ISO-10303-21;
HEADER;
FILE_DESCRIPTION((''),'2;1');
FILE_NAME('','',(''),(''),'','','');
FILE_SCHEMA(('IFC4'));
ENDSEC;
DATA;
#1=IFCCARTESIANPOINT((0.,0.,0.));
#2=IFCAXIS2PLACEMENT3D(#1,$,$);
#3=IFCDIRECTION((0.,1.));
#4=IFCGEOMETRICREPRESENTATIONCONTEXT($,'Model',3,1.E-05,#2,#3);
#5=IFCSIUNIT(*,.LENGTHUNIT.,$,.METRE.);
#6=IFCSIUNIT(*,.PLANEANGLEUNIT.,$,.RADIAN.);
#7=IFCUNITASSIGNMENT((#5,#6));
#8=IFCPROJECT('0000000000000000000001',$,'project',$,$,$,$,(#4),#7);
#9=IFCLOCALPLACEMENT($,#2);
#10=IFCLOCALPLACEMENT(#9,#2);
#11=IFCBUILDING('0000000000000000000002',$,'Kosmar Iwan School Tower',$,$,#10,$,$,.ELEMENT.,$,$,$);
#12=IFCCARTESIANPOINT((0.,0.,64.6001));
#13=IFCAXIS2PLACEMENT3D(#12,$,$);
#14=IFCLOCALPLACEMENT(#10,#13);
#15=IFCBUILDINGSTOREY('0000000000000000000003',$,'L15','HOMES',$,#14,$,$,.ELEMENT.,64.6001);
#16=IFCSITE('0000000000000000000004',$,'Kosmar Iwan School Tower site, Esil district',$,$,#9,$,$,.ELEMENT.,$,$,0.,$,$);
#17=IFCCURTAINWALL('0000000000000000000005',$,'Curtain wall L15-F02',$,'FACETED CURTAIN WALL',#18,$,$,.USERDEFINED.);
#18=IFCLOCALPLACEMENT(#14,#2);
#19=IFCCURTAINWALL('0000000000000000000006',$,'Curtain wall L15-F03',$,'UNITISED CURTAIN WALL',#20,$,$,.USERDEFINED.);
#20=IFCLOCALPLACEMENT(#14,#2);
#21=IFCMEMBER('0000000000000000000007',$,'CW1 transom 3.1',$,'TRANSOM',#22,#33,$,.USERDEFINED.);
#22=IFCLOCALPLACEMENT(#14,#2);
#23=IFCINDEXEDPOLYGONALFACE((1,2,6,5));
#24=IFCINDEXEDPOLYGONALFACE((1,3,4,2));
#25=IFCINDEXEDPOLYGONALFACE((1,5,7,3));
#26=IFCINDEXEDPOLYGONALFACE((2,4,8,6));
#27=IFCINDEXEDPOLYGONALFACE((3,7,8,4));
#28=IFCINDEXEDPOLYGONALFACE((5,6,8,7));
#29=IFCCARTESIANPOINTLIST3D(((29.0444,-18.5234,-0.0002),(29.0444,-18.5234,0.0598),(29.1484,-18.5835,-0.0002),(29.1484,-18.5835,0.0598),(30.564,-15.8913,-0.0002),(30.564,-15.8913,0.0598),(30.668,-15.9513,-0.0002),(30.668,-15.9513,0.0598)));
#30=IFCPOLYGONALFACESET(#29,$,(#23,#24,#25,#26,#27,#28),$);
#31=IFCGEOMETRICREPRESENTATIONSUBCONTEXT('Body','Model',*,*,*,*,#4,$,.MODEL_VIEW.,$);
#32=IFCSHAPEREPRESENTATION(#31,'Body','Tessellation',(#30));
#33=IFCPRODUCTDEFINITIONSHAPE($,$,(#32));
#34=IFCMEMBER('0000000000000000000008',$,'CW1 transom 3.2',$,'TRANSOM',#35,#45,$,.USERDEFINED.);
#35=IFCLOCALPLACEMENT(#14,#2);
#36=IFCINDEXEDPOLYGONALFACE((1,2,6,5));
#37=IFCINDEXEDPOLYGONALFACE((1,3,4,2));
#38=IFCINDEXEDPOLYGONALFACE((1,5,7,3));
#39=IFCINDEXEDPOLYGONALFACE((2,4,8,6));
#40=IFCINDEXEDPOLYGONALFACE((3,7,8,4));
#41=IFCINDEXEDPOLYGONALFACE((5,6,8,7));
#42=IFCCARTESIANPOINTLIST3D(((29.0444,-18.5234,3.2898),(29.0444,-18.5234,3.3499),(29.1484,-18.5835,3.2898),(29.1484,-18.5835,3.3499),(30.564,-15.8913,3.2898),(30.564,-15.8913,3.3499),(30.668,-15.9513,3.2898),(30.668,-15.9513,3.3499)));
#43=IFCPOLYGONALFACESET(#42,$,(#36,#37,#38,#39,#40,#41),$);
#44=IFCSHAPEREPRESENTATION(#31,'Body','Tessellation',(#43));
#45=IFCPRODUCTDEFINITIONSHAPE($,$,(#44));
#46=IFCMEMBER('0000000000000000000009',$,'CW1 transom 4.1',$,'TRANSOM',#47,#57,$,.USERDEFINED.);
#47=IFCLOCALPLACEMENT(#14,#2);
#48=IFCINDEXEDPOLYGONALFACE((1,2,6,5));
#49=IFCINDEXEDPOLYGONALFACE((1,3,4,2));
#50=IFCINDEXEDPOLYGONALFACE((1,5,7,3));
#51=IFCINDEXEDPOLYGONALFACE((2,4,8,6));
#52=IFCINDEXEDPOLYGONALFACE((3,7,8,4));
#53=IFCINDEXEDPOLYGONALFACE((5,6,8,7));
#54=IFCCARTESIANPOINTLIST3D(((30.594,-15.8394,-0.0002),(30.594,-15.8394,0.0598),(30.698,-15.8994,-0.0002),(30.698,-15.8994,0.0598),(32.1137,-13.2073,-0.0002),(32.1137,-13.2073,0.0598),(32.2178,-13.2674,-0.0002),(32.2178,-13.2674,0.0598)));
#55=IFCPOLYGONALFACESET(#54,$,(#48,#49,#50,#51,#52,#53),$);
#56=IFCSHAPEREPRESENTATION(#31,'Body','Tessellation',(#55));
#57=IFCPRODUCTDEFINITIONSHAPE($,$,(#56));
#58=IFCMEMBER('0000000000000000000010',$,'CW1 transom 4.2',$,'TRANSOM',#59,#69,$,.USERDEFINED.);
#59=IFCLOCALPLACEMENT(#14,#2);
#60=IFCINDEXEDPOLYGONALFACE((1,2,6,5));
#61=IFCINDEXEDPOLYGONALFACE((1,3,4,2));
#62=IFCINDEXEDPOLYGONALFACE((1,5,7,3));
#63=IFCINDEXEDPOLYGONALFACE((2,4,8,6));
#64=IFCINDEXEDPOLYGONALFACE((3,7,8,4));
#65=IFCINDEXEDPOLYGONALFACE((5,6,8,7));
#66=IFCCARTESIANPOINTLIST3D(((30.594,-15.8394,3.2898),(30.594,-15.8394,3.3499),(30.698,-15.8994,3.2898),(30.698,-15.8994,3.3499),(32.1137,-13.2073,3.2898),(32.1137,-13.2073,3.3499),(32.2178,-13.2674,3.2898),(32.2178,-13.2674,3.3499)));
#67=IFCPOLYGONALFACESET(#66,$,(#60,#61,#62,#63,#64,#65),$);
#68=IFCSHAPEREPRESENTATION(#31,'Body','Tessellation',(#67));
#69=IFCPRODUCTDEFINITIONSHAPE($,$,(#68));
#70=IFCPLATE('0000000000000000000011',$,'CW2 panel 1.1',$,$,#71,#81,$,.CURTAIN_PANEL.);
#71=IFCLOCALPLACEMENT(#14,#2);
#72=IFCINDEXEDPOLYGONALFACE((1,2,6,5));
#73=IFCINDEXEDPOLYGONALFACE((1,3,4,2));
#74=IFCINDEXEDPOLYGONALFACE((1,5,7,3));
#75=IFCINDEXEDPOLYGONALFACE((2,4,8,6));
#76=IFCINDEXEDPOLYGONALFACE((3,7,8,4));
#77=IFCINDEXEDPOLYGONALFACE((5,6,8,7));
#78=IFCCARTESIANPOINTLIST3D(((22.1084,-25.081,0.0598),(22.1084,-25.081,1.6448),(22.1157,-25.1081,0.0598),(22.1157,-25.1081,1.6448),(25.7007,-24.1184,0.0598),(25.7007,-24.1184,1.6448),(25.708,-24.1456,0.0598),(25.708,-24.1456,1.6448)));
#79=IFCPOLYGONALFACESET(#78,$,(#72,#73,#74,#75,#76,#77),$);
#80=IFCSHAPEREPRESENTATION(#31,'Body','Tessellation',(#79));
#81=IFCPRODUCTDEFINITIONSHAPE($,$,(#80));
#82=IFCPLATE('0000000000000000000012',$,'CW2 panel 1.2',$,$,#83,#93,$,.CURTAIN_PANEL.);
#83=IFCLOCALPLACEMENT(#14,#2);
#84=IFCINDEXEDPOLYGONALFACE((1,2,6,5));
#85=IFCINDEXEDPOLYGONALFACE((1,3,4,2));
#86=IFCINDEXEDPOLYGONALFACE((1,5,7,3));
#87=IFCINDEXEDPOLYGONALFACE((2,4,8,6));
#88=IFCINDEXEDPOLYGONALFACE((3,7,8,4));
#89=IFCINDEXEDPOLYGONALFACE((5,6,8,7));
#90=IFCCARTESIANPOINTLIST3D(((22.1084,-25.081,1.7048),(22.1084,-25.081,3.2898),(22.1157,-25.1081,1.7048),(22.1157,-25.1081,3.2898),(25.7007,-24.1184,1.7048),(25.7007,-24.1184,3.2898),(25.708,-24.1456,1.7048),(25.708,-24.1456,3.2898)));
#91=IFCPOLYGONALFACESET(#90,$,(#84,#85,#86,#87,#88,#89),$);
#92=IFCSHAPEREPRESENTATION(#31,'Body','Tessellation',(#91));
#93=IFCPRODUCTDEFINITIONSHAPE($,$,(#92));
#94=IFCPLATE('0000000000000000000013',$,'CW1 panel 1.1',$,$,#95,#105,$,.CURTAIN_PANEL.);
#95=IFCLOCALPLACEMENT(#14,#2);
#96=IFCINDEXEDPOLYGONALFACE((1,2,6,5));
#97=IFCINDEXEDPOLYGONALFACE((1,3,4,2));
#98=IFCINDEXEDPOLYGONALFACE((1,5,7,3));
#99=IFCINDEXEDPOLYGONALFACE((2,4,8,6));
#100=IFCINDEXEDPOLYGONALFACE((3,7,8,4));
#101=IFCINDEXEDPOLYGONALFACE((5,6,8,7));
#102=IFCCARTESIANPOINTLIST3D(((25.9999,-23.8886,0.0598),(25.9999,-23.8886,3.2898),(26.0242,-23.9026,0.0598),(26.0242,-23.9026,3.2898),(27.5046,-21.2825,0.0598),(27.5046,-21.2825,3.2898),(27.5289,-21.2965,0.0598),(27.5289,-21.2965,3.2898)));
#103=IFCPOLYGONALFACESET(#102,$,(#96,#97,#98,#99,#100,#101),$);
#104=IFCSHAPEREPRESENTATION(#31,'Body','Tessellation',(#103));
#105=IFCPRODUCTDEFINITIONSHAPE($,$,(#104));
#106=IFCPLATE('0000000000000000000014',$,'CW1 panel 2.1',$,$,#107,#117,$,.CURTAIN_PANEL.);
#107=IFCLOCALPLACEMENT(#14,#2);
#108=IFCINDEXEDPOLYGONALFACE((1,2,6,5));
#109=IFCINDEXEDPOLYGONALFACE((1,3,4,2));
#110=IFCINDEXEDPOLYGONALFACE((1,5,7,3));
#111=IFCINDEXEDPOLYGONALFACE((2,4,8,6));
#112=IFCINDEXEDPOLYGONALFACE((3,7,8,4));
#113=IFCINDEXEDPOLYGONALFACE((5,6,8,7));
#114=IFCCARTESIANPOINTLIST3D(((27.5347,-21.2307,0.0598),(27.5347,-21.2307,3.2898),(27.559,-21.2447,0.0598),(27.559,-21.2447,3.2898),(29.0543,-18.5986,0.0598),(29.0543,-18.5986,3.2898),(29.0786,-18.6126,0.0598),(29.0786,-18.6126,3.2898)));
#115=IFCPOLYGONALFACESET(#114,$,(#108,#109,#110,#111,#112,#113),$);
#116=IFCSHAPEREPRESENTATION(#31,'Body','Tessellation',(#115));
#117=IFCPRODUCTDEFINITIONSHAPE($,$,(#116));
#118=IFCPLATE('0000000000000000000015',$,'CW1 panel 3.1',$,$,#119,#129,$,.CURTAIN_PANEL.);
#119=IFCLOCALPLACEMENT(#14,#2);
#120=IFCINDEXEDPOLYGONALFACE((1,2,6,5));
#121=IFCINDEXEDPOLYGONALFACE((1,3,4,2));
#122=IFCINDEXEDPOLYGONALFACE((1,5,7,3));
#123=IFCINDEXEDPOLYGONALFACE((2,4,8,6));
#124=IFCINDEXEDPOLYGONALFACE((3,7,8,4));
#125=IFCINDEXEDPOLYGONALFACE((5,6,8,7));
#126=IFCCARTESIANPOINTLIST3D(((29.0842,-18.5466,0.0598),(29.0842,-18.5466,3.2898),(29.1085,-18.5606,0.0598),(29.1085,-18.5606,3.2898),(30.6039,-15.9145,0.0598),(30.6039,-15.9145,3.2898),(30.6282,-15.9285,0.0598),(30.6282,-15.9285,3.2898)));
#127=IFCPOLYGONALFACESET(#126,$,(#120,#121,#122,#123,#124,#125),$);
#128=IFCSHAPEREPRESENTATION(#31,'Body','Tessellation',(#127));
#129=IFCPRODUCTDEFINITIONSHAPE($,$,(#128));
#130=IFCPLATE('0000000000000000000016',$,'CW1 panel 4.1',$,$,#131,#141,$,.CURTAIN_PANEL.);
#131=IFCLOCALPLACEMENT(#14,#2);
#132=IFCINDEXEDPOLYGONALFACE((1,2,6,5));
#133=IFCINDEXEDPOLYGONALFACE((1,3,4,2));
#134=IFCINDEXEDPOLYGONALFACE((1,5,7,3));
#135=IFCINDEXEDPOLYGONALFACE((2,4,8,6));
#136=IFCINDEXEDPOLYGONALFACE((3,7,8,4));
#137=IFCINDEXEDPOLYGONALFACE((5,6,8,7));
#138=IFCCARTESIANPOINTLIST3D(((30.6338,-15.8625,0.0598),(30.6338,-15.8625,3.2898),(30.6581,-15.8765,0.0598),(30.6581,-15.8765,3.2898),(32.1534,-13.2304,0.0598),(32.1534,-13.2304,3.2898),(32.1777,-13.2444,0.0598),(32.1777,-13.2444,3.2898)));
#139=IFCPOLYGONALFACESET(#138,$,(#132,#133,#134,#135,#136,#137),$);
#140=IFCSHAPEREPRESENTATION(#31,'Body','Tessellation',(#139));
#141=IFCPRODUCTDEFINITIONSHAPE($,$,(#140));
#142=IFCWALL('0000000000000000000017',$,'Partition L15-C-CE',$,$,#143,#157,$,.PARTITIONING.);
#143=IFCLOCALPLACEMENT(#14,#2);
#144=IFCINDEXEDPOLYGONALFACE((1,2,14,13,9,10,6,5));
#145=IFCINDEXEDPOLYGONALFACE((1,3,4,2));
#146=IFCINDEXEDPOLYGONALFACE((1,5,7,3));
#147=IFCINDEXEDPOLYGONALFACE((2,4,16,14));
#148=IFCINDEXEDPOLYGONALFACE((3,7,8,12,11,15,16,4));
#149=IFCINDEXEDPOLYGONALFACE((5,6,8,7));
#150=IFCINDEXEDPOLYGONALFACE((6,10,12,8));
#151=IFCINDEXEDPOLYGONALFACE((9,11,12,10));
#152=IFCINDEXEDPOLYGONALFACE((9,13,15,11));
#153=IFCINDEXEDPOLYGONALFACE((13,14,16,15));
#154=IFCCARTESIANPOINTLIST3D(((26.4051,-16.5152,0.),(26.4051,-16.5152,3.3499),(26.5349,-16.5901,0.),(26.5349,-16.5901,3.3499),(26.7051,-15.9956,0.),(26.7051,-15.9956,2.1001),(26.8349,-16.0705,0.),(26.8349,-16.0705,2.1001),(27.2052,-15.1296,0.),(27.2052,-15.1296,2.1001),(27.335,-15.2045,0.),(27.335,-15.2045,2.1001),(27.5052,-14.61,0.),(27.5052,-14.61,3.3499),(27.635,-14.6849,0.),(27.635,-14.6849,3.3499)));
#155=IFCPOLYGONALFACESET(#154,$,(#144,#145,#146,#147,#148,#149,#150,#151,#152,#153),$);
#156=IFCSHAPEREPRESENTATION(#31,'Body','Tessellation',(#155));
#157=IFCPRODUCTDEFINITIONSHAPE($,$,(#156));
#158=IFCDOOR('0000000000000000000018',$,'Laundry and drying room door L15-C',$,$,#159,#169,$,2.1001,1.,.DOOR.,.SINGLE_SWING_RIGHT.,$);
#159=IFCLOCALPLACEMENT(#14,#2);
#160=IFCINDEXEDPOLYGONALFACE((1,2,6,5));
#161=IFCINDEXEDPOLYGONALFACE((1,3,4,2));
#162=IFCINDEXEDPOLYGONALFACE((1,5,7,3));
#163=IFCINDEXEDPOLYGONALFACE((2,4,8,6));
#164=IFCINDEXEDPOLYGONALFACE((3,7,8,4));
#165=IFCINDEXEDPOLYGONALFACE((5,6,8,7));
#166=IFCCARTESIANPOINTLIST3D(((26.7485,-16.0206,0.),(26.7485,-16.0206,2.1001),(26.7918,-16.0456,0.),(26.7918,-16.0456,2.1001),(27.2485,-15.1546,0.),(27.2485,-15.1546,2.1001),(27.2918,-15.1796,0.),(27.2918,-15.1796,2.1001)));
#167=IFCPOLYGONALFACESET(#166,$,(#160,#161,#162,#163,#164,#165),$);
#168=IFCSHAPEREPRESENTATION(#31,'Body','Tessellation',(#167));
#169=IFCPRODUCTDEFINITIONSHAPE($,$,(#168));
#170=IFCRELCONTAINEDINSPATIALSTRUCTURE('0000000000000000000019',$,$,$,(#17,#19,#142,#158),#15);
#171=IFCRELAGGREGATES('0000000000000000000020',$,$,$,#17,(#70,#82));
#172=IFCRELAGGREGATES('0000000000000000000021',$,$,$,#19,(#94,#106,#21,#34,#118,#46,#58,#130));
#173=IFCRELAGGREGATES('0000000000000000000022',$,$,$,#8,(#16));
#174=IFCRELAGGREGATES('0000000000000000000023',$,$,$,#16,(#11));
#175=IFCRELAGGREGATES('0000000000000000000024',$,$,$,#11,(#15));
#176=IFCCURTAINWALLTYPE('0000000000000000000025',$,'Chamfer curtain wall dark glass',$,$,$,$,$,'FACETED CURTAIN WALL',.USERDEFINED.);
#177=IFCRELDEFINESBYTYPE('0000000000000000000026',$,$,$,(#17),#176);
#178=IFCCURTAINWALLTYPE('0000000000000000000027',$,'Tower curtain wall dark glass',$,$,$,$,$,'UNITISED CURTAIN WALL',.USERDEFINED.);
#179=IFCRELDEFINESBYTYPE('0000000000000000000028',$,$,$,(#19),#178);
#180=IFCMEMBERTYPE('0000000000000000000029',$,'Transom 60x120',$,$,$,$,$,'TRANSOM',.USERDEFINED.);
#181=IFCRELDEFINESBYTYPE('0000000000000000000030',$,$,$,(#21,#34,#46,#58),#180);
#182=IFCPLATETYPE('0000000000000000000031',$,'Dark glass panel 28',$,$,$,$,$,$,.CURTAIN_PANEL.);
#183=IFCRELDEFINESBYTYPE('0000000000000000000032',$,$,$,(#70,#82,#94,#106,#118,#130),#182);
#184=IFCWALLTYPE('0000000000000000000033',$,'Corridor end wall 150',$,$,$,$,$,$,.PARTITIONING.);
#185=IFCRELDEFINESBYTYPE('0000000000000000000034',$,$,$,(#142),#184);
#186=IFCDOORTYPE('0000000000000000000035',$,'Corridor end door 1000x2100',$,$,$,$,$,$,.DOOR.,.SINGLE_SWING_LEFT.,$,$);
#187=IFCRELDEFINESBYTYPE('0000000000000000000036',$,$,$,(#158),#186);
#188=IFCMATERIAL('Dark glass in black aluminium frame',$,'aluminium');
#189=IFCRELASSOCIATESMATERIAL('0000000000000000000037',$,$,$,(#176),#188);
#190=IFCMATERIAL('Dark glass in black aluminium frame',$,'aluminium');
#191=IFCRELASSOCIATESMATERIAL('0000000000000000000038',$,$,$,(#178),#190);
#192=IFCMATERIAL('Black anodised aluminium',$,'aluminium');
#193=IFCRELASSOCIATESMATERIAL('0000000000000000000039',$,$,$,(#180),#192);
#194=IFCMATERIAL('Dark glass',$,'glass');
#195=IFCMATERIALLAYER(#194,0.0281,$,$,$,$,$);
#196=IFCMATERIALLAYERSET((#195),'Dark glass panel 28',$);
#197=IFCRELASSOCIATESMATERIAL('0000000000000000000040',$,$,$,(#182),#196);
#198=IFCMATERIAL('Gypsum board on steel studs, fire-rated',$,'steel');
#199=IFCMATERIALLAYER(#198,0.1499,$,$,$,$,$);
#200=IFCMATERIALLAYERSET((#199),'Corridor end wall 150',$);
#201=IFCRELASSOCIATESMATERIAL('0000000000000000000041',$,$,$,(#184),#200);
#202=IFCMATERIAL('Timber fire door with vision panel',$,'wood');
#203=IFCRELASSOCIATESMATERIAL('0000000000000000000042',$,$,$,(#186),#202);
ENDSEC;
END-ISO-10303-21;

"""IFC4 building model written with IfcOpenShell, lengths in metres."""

from ifc_helpers import new_model, si_unit, direction, frame, frame_2d, origin, origin_2d, place, context, subcontext, project, spatial, rectangle, extrude, material, layer, layer_set, material_profile, profile_set, type_object, element, fill, aggregate, save


model = new_model("IFC4")

# Units and contexts
model_context = context("Model", 3, precision=1e-05, world=origin(), true_north=direction((0.0, 1.0)))
body_context = subcontext(model_context, "Body", "Model", "MODEL_VIEW")
ifc_project = project(units=[si_unit("LENGTHUNIT", "METRE"), si_unit("PLANEANGLEUNIT", "RADIAN")], contexts=[model_context])

# Site, building, storey
site_placement = place(None, origin())
site = spatial("IfcSite", under=ifc_project, at=site_placement, Name="Kosmar Iwan School Tower site, Esil district", CompositionType="ELEMENT", RefElevation=0.0)
building_placement = place(site_placement, origin())
building = spatial("IfcBuilding", under=site, at=building_placement, Name="Kosmar Iwan School Tower", CompositionType="ELEMENT")
storey_placement = place(building_placement, frame((0.0, 0.0, 64.6001)))
storey = spatial("IfcBuildingStorey", under=building, at=storey_placement, Name="L15", Description="HOMES", CompositionType="ELEMENT", Elevation=64.6001)

# Curtain wall
ifc_material_1 = material(Name="Dark glass in black aluminium frame", Category="aluminium")
curtain_wall_type_1 = type_object("IfcCurtainWallType", Name="Chamfer curtain wall dark glass", ElementType="FACETED CURTAIN WALL", PredefinedType="USERDEFINED", material=ifc_material_1)
curtain_wall_1_placement = place(storey_placement, origin())
curtain_wall_1 = element("IfcCurtainWall", 1, at=curtain_wall_1_placement, inside=storey, type_object=curtain_wall_type_1, Name="Curtain wall L15-F02", ObjectType="FACETED CURTAIN WALL", PredefinedType="USERDEFINED")

# Curtain wall
ifc_material_2 = material(Name="Dark glass in black aluminium frame", Category="aluminium")
curtain_wall_type_2 = type_object("IfcCurtainWallType", Name="Tower curtain wall dark glass", ElementType="UNITISED CURTAIN WALL", PredefinedType="USERDEFINED", material=ifc_material_2)
curtain_wall_2_placement = place(storey_placement, origin())
curtain_wall_2 = element("IfcCurtainWall", 2, at=curtain_wall_2_placement, inside=storey, type_object=curtain_wall_type_2, Name="Curtain wall L15-F03", ObjectType="UNITISED CURTAIN WALL", PredefinedType="USERDEFINED")

# Members
ifc_material_3 = material(Name="Black anodised aluminium", Category="aluminium")
ifc_material_profile_1 = material_profile(ifc_material_3, rectangle(XDim=0.1201, YDim=0.0601, at=origin_2d()), Name="TRANSOM 60x120")
ifc_profile_set_1 = profile_set([ifc_material_profile_1], Name="Black anodised aluminium")
member_type_1 = type_object("IfcMemberType", Name="Transom 60x120", ElementType="TRANSOM", PredefinedType="USERDEFINED", material=ifc_profile_set_1)
member_1_placement = place(storey_placement, frame((29.0964, -18.5535, 0.0298), z_axis=(0.499975, 0.86604, 0.0), x_axis=(-0.86604, 0.499975, 0.0)))
member_1 = element("IfcMember", 3, at=member_1_placement, type_object=member_type_1, Name="CW1 transom 3.1", ObjectType="TRANSOM", PredefinedType="USERDEFINED", context=body_context, shape_type="SweptSolid", body=[
    extrude(rectangle(XDim=0.1201, YDim=0.0601, at=origin_2d()), origin(), (0.0, 0.0, 1.0), 3.0393),
])
member_2_placement = place(storey_placement, frame((29.0964, -18.5535, 3.3198), z_axis=(0.499975, 0.86604, 0.0), x_axis=(-0.86604, 0.499975, 0.0)))
member_2 = element("IfcMember", 4, at=member_2_placement, type_object=member_type_1, Name="CW1 transom 3.2", ObjectType="TRANSOM", PredefinedType="USERDEFINED", context=body_context, shape_type="SweptSolid", body=[
    extrude(rectangle(XDim=0.1201, YDim=0.0601, at=origin_2d()), origin(), (0.0, 0.0, 1.0), 3.0393),
])
member_3_placement = place(storey_placement, frame((30.646, -15.8694, 0.0298), z_axis=(0.500035, 0.866005, 0.0), x_axis=(-0.866005, 0.500035, 0.0)))
member_3 = element("IfcMember", 5, at=member_3_placement, type_object=member_type_1, Name="CW1 transom 4.1", ObjectType="TRANSOM", PredefinedType="USERDEFINED", context=body_context, shape_type="SweptSolid", body=[
    extrude(rectangle(XDim=0.1201, YDim=0.0601, at=origin_2d()), origin(), (0.0, 0.0, 1.0), 3.0393),
])
member_4_placement = place(storey_placement, frame((30.646, -15.8694, 3.3198), z_axis=(0.500035, 0.866005, 0.0), x_axis=(-0.866005, 0.500035, 0.0)))
member_4 = element("IfcMember", 6, at=member_4_placement, type_object=member_type_1, Name="CW1 transom 4.2", ObjectType="TRANSOM", PredefinedType="USERDEFINED", context=body_context, shape_type="SweptSolid", body=[
    extrude(rectangle(XDim=0.1201, YDim=0.0601, at=origin_2d()), origin(), (0.0, 0.0, 1.0), 3.0393),
])

# Plates
ifc_material_4 = material(Name="Dark glass", Category="glass")
ifc_layer_1 = layer(ifc_material_4, 0.0281)
ifc_layer_set_1 = layer_set([ifc_layer_1], Name="Dark glass panel 28")
plate_type = type_object("IfcPlateType", Name="Dark glass panel 28", PredefinedType="CURTAIN_PANEL", material=ifc_layer_set_1)
plate_1_placement = place(storey_placement, frame((23.9082, -24.6133, 0.0598), z_axis=(0.0, 0.0, 1.0), x_axis=(0.965926, 0.258819, 0.0)))
plate_1 = element("IfcPlate", 7, at=plate_1_placement, type_object=plate_type, Name="CW2 panel 1.1", PredefinedType="CURTAIN_PANEL", context=body_context, shape_type="SweptSolid", body=[
    extrude(rectangle(XDim=3.719, YDim=0.0281, at=origin_2d()), origin(), (0.0, 0.0, 1.0), 1.585),
])
plate_2_placement = place(storey_placement, frame((23.9082, -24.6133, 1.7048), z_axis=(0.0, 0.0, 1.0), x_axis=(0.965926, 0.258819, 0.0)))
plate_2 = element("IfcPlate", 8, at=plate_2_placement, type_object=plate_type, Name="CW2 panel 1.2", PredefinedType="CURTAIN_PANEL", context=body_context, shape_type="SweptSolid", body=[
    extrude(rectangle(XDim=3.719, YDim=0.0281, at=origin_2d()), origin(), (0.0, 0.0, 1.0), 1.585),
])
aggregate(curtain_wall_1, [plate_1, plate_2])
plate_3_placement = place(storey_placement, frame((26.7644, -22.5925, 0.0598), z_axis=(0.0, 0.0, 1.0), x_axis=(0.5, 0.866025, 0.0)))
plate_3 = element("IfcPlate", 9, at=plate_3_placement, type_object=plate_type, Name="CW1 panel 1.1", PredefinedType="CURTAIN_PANEL", context=body_context, shape_type="SweptSolid", body=[
    extrude(rectangle(XDim=3.0093, YDim=0.0281, at=origin_2d()), origin(), (0.0, 0.0, 1.0), 3.23),
])
plate_4_placement = place(storey_placement, frame((28.3066, -19.9216, 0.0598), z_axis=(0.0, 0.0, 1.0), x_axis=(0.5, 0.866025, 0.0)))
plate_4 = element("IfcPlate", 10, at=plate_4_placement, type_object=plate_type, Name="CW1 panel 2.1", PredefinedType="CURTAIN_PANEL", context=body_context, shape_type="SweptSolid", body=[
    extrude(rectangle(XDim=3.0393, YDim=0.0281, at=origin_2d()), origin(), (0.0, 0.0, 1.0), 3.23),
])
plate_5_placement = place(storey_placement, frame((29.8562, -17.2375, 0.0598), z_axis=(0.0, 0.0, 1.0), x_axis=(0.5, 0.866025, 0.0)))
plate_5 = element("IfcPlate", 11, at=plate_5_placement, type_object=plate_type, Name="CW1 panel 3.1", PredefinedType="CURTAIN_PANEL", context=body_context, shape_type="SweptSolid", body=[
    extrude(rectangle(XDim=3.0393, YDim=0.0281, at=origin_2d()), origin(), (0.0, 0.0, 1.0), 3.23),
])
plate_6_placement = place(storey_placement, frame((31.4058, -14.5535, 0.0598), z_axis=(0.0, 0.0, 1.0), x_axis=(0.5, 0.866025, 0.0)))
plate_6 = element("IfcPlate", 12, at=plate_6_placement, type_object=plate_type, Name="CW1 panel 4.1", PredefinedType="CURTAIN_PANEL", context=body_context, shape_type="SweptSolid", body=[
    extrude(rectangle(XDim=3.0393, YDim=0.0281, at=origin_2d()), origin(), (0.0, 0.0, 1.0), 3.23),
])
aggregate(curtain_wall_2, [plate_3, plate_4, member_1, member_2, plate_5, member_3, member_4, plate_6])

# Wall, opening, door
ifc_material_5 = material(Name="Gypsum board on steel studs, fire-rated", Category="steel")
ifc_layer_2 = layer(ifc_material_5, 0.1499)
ifc_layer_set_2 = layer_set([ifc_layer_2], Name="Corridor end wall 150")
wall_type_1 = type_object("IfcWallType", Name="Corridor end wall 150", PredefinedType="PARTITIONING", material=ifc_layer_set_2)
wall_1_placement = place(storey_placement, frame((26.47, -16.5527, 0.0), z_axis=(0.0, 0.0, 1.0), x_axis=(0.50003, 0.866008, 0.0)))
wall_1 = element("IfcWall", 13, at=wall_1_placement, inside=storey, type_object=wall_type_1, Name="Partition L15-C-CE", PredefinedType="PARTITIONING", context=body_context, shape_type="SweptSolid", body=[
    extrude(rectangle(XDim=2.2, YDim=0.1499, at=frame_2d((1.1001, 0.0))), origin(), (0.0, 0.0, 1.0), 3.3499),
])
opening_1_placement = place(wall_1_placement, frame((0.6001, 0.0, 0.0)))
opening_1 = element("IfcOpeningElement", 14, at=opening_1_placement, cuts=wall_1, PredefinedType="OPENING", context=body_context, shape_type="SweptSolid", body=[
    extrude(rectangle(XDim=1.0, YDim=2.1001, at=frame_2d((0.5, 1.05))), frame((0.0, 0.0869, 0.0), z_axis=(0.0, -1.0, 0.0), x_axis=(1.0, 0.0, 0.0)), (0.0, 0.0, 1.0), 0.1738),
])
ifc_material_6 = material(Name="Timber fire door with vision panel", Category="wood")
door_type_1 = type_object("IfcDoorType", Name="Corridor end door 1000x2100", OperationType="SINGLE_SWING_LEFT", PredefinedType="DOOR", material=ifc_material_6)
door_1_placement = place(opening_1_placement, origin())
door_1 = element("IfcDoor", 15, at=door_1_placement, inside=storey, type_object=door_type_1, Name="Laundry and drying room door L15-C", OperationType="SINGLE_SWING_RIGHT", OverallHeight=2.1001, OverallWidth=1.0, PredefinedType="DOOR", context=body_context, shape_type="SweptSolid", body=[
    extrude(rectangle(XDim=1.0, YDim=2.1001, at=frame_2d((0.5, 1.05))), frame((0.0, 0.0249, 0.0), z_axis=(0.0, -1.0, 0.0), x_axis=(1.0, 0.0, 0.0)), (0.0, 0.0, 1.0), 0.05),
])
fill(opening_1, door_1)

save(model, "model.ifc")
